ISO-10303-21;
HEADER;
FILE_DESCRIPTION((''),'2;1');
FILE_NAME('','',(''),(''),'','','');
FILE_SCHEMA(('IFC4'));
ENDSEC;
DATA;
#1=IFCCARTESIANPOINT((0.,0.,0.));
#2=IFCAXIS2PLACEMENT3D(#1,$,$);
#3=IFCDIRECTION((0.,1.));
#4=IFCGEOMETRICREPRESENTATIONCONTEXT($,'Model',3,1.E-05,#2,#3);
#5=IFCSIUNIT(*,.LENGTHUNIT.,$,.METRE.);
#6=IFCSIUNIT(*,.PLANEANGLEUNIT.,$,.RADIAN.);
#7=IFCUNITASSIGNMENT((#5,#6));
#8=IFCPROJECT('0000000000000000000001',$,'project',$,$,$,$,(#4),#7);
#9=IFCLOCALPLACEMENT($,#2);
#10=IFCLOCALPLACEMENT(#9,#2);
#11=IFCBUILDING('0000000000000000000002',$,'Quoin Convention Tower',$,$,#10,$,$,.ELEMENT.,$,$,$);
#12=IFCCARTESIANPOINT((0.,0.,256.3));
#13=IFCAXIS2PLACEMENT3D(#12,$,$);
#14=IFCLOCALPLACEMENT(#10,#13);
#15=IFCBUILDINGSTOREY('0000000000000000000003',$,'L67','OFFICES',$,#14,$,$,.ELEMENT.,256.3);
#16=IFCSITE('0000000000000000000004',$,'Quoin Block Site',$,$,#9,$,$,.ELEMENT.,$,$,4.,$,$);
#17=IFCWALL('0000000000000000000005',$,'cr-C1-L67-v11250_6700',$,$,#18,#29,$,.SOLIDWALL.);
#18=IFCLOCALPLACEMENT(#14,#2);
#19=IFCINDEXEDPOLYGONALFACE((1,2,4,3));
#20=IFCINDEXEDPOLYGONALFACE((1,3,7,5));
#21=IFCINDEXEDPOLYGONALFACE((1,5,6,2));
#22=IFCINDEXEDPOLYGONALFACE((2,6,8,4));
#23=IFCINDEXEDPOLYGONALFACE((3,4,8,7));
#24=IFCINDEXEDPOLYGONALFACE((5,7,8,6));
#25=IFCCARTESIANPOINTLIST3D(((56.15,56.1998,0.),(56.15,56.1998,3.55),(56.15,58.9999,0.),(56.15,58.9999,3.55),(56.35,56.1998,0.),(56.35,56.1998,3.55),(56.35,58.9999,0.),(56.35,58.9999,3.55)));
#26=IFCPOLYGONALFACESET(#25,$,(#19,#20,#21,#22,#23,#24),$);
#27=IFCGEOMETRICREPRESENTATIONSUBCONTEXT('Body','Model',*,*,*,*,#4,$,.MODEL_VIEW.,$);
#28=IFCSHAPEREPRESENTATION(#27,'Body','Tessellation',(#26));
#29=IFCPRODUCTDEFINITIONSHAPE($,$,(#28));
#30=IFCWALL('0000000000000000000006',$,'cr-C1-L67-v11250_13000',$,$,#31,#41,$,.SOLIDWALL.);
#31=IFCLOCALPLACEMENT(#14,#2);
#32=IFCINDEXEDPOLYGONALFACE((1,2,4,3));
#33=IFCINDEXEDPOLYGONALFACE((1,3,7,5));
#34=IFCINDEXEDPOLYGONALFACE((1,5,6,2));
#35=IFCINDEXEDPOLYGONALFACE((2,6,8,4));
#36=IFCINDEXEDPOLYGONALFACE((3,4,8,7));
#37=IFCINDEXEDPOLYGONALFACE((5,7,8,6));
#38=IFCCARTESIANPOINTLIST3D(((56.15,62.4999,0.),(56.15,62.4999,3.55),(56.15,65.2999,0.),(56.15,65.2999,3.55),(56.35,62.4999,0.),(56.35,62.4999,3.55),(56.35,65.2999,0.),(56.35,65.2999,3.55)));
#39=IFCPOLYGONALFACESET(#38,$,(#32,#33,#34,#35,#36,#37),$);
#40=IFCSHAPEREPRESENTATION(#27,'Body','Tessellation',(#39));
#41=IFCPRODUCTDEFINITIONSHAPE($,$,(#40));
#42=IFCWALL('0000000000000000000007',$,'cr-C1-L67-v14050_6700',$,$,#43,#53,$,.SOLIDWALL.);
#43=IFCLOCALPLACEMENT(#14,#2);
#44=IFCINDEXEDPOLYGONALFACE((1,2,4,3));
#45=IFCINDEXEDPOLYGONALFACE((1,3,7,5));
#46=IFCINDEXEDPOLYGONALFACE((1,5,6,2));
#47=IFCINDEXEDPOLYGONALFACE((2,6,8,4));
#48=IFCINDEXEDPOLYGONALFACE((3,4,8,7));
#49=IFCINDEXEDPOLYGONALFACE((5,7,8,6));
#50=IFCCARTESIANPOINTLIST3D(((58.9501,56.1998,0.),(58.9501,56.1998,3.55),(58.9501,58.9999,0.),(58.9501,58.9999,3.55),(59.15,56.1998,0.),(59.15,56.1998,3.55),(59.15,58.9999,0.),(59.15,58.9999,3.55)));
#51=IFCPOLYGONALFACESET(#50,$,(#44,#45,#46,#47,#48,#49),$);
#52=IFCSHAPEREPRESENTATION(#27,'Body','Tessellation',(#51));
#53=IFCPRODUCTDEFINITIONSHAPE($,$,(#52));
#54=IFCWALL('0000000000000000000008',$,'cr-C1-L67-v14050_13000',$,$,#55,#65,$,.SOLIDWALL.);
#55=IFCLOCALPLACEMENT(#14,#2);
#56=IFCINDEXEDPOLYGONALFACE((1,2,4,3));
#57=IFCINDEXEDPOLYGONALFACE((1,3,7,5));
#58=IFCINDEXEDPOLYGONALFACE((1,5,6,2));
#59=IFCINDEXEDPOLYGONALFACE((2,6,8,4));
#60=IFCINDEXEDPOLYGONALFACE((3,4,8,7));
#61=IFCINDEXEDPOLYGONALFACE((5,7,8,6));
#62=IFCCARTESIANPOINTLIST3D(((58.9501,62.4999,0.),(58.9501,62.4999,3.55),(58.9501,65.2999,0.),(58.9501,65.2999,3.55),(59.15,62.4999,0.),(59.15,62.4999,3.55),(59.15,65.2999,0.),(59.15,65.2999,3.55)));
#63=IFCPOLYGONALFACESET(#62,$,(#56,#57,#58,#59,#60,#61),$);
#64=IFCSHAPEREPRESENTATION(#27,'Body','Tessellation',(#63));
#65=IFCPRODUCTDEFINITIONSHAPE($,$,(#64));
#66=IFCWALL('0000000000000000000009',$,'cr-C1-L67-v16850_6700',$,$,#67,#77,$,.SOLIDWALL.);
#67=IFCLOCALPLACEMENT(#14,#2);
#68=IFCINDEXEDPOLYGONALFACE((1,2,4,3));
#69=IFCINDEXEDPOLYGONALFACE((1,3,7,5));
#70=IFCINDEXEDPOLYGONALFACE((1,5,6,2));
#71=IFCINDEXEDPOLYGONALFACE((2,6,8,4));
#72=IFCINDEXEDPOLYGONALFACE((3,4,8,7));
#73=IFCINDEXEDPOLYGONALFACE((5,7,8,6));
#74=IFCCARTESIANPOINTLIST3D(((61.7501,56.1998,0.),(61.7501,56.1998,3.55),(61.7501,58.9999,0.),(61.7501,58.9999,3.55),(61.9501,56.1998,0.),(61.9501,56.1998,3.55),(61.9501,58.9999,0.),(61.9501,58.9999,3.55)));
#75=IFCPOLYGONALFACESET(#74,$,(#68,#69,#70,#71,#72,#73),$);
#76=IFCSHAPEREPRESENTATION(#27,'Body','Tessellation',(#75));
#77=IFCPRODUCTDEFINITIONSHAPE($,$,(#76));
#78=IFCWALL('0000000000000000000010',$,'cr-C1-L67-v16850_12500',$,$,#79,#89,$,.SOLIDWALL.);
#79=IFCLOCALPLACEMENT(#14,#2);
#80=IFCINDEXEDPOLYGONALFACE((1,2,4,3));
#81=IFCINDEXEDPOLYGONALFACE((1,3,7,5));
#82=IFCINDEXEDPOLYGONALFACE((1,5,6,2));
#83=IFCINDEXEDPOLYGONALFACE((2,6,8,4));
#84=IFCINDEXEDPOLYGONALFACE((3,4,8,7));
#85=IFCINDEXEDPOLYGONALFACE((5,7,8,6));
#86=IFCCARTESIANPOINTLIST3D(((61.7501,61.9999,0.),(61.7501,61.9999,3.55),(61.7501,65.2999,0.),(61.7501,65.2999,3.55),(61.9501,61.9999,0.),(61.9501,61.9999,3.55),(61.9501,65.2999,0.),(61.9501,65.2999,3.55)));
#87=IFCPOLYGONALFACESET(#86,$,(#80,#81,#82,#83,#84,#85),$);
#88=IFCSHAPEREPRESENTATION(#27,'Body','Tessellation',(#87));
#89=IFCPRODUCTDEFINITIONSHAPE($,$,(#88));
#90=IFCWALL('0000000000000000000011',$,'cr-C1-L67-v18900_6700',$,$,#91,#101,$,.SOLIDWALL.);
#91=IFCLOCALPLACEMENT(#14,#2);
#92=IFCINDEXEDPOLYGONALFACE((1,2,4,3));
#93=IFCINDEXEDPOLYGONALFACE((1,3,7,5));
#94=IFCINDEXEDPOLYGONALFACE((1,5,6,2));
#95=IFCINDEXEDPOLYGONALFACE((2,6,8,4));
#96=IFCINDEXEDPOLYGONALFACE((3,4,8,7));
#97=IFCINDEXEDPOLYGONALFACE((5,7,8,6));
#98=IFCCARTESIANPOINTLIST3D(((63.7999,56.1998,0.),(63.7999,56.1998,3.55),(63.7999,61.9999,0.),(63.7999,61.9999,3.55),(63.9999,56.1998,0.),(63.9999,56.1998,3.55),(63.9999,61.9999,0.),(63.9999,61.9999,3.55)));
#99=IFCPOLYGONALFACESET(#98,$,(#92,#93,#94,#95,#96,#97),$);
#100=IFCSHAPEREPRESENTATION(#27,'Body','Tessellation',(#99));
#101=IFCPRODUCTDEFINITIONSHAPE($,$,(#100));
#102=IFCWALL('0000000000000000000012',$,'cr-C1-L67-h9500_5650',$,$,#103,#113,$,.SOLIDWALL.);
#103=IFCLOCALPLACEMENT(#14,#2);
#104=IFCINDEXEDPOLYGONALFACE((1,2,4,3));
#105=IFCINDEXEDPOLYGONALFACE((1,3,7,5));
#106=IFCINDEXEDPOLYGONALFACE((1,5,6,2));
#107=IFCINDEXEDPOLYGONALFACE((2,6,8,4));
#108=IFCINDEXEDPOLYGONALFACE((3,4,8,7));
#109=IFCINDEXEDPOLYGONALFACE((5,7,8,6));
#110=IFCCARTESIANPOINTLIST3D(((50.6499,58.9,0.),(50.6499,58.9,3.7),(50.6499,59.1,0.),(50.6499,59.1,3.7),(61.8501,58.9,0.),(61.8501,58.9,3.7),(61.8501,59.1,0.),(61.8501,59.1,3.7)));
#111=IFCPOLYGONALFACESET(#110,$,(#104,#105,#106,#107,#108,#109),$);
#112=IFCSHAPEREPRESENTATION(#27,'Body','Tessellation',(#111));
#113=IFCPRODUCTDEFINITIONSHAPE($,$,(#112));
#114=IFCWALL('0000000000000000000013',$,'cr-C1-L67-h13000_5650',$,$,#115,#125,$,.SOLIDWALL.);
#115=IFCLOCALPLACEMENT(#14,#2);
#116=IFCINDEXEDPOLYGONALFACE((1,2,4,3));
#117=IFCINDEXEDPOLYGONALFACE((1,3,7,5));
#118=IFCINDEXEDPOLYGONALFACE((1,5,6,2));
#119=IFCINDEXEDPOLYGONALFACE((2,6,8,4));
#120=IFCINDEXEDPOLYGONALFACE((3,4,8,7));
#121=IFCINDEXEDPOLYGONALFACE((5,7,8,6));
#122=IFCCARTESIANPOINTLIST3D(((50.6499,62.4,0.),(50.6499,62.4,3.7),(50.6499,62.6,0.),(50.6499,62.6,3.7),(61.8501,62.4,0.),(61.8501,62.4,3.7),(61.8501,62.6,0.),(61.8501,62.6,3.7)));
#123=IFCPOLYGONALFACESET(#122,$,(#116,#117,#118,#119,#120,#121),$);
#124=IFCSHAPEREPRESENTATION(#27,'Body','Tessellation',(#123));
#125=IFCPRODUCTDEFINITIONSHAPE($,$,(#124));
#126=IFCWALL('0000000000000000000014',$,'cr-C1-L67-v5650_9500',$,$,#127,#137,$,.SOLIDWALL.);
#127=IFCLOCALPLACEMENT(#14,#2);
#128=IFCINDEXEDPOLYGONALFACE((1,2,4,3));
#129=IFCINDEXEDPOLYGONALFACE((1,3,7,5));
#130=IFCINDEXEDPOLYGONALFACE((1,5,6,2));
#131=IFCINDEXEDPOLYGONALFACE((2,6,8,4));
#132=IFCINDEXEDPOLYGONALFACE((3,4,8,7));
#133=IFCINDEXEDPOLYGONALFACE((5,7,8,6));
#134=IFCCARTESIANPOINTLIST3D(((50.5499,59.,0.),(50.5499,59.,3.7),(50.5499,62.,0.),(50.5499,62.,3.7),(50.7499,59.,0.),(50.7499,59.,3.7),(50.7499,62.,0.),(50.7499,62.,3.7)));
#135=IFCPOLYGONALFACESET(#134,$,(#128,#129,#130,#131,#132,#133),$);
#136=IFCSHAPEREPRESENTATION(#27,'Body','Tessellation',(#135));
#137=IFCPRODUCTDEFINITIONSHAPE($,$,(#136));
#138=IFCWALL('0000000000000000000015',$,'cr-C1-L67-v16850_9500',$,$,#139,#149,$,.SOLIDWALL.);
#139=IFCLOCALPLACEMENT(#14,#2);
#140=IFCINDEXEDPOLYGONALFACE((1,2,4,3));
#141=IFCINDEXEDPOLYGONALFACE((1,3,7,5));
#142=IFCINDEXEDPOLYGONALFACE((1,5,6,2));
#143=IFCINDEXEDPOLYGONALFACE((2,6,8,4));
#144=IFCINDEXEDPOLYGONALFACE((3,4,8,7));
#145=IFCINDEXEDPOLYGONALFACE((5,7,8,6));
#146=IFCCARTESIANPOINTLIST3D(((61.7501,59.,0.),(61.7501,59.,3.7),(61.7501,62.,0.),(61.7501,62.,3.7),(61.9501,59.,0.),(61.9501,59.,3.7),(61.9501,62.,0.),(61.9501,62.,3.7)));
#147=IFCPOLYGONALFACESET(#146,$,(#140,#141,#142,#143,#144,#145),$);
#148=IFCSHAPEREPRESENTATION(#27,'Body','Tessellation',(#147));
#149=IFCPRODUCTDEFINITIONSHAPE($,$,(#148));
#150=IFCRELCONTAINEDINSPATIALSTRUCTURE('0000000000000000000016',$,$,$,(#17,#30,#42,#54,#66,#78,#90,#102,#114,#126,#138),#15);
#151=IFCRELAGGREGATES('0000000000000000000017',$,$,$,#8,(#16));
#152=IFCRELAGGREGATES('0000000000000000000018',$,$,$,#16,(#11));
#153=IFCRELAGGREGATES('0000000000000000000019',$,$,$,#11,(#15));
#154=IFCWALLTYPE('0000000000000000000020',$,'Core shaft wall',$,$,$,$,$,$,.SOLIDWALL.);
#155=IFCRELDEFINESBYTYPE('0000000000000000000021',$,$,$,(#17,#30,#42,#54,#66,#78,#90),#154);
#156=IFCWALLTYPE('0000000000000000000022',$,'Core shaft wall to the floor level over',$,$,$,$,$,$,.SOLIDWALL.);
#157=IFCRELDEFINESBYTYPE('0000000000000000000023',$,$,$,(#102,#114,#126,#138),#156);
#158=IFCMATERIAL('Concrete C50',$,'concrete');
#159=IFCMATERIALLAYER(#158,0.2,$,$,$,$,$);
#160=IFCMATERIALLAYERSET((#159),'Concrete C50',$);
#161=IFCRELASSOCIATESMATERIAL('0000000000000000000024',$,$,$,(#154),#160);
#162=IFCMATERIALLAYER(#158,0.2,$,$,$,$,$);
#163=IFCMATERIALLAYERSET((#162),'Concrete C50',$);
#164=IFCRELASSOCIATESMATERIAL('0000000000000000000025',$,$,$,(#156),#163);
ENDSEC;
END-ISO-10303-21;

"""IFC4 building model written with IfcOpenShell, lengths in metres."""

from ifc_helpers import new_model, si_unit, direction, frame, frame_2d, origin, place, context, subcontext, project, spatial, rectangle, extrude, material, layer, layer_set, type_object, element, save


model = new_model("IFC4")

# Units and contexts
model_context = context("Model", 3, precision=1e-05, world=origin(), true_north=direction((0.0, 1.0)))
body_context = subcontext(model_context, "Body", "Model", "MODEL_VIEW")
ifc_project = project(units=[si_unit("LENGTHUNIT", "METRE"), si_unit("PLANEANGLEUNIT", "RADIAN")], contexts=[model_context])

# Site, building, storey
site_placement = place(None, origin())
site = spatial("IfcSite", under=ifc_project, at=site_placement, Name="Quoin Block Site", CompositionType="ELEMENT", RefElevation=4.0)
building_placement = place(site_placement, origin())
building = spatial("IfcBuilding", under=site, at=building_placement, Name="Quoin Convention Tower", CompositionType="ELEMENT")
storey_placement = place(building_placement, frame((0.0, 0.0, 256.3)))
storey = spatial("IfcBuildingStorey", under=building, at=storey_placement, Name="L67", Description="OFFICES", CompositionType="ELEMENT", Elevation=256.3)

# Shared definitions
ifc_material_1 = material(Name="Concrete C50", Category="concrete")
ifc_layer_1 = layer(ifc_material_1, 0.2)
ifc_layer_set_1 = layer_set([ifc_layer_1], Name="Concrete C50")
wall_type_1 = type_object("IfcWallType", Name="Core shaft wall", PredefinedType="SOLIDWALL", material=ifc_layer_set_1)

# Walls
for number, where, z_axis, x_axis, name in (
    (1, (56.25, 56.2, 0.0), (0.0, 0.0, 1.0), (0.0, 1.0, 0.0), "cr-C1-L67-v11250_6700"),
    (2, (56.25, 62.5, 0.0), (0.0, 0.0, 1.0), (0.0, 1.0, 0.0), "cr-C1-L67-v11250_13000"),
    (3, (59.05, 56.2, 0.0), (0.0, 0.0, 1.0), (0.0, 1.0, 0.0), "cr-C1-L67-v14050_6700"),
    (4, (59.05, 62.5, 0.0), (0.0, 0.0, 1.0), (0.0, 1.0, 0.0), "cr-C1-L67-v14050_13000"),
    (5, (61.8501, 56.2, 0.0), (0.0, 0.0, 1.0), (0.0, 1.0, 0.0), "cr-C1-L67-v16850_6700"),
):
    element("IfcWall", number, at=place(storey_placement, frame(where, z_axis=z_axis, x_axis=x_axis)), inside=storey, type_object=wall_type_1, Name=name, PredefinedType="SOLIDWALL", context=body_context, shape_type="SweptSolid", body=[
        extrude(rectangle(XDim=2.8, YDim=0.2, at=frame_2d((1.3999, 0.0))), origin(), (0.0, 0.0, 1.0), 3.55),
    ])
wall_1_placement = place(storey_placement, frame((61.8501, 62.0, 0.0), z_axis=(0.0, 0.0, 1.0), x_axis=(0.0, 1.0, 0.0)))
element("IfcWall", 6, at=wall_1_placement, inside=storey, type_object=wall_type_1, Name="cr-C1-L67-v16850_12500", PredefinedType="SOLIDWALL", context=body_context, shape_type="SweptSolid", body=[
    extrude(rectangle(XDim=3.3, YDim=0.2, at=frame_2d((1.6499, 0.0))), origin(), (0.0, 0.0, 1.0), 3.55),
])
wall_2_placement = place(storey_placement, frame((63.8999, 56.2, 0.0), z_axis=(0.0, 0.0, 1.0), x_axis=(0.0, 1.0, 0.0)))
element("IfcWall", 7, at=wall_2_placement, inside=storey, type_object=wall_type_1, Name="cr-C1-L67-v18900_6700", PredefinedType="SOLIDWALL", context=body_context, shape_type="SweptSolid", body=[
    extrude(rectangle(XDim=5.8, YDim=0.2, at=frame_2d((2.8999, 0.0))), origin(), (0.0, 0.0, 1.0), 3.55),
])
ifc_layer_2 = layer(ifc_material_1, 0.2)
ifc_layer_set_2 = layer_set([ifc_layer_2], Name="Concrete C50")
wall_type_2 = type_object("IfcWallType", Name="Core shaft wall to the floor level over", PredefinedType="SOLIDWALL", material=ifc_layer_set_2)
for number, where, z_axis, x_axis, name in (
    (8, (50.6499, 59.0, 0.0), (0.0, 0.0, 1.0), (1.0, 0.0, 0.0), "cr-C1-L67-h9500_5650"),
    (9, (50.6499, 62.5, 0.0), (0.0, 0.0, 1.0), (1.0, 0.0, 0.0), "cr-C1-L67-h13000_5650"),
):
    element("IfcWall", number, at=place(storey_placement, frame(where, z_axis=z_axis, x_axis=x_axis)), inside=storey, type_object=wall_type_2, Name=name, PredefinedType="SOLIDWALL", context=body_context, shape_type="SweptSolid", body=[
        extrude(rectangle(XDim=11.2002, YDim=0.2, at=frame_2d((5.6001, 0.0))), origin(), (0.0, 0.0, 1.0), 3.7),
    ])
for number, where, z_axis, x_axis, name in (
    (10, (50.6499, 59.0, 0.0), (0.0, 0.0, 1.0), (0.0, 1.0, 0.0), "cr-C1-L67-v5650_9500"),
    (11, (61.8501, 59.0, 0.0), (0.0, 0.0, 1.0), (0.0, 1.0, 0.0), "cr-C1-L67-v16850_9500"),
):
    element("IfcWall", number, at=place(storey_placement, frame(where, z_axis=z_axis, x_axis=x_axis)), inside=storey, type_object=wall_type_2, Name=name, PredefinedType="SOLIDWALL", context=body_context, shape_type="SweptSolid", body=[
        extrude(rectangle(XDim=3.0, YDim=0.2, at=frame_2d((1.5, 0.0))), origin(), (0.0, 0.0, 1.0), 3.7),
    ])

save(model, "model.ifc")
